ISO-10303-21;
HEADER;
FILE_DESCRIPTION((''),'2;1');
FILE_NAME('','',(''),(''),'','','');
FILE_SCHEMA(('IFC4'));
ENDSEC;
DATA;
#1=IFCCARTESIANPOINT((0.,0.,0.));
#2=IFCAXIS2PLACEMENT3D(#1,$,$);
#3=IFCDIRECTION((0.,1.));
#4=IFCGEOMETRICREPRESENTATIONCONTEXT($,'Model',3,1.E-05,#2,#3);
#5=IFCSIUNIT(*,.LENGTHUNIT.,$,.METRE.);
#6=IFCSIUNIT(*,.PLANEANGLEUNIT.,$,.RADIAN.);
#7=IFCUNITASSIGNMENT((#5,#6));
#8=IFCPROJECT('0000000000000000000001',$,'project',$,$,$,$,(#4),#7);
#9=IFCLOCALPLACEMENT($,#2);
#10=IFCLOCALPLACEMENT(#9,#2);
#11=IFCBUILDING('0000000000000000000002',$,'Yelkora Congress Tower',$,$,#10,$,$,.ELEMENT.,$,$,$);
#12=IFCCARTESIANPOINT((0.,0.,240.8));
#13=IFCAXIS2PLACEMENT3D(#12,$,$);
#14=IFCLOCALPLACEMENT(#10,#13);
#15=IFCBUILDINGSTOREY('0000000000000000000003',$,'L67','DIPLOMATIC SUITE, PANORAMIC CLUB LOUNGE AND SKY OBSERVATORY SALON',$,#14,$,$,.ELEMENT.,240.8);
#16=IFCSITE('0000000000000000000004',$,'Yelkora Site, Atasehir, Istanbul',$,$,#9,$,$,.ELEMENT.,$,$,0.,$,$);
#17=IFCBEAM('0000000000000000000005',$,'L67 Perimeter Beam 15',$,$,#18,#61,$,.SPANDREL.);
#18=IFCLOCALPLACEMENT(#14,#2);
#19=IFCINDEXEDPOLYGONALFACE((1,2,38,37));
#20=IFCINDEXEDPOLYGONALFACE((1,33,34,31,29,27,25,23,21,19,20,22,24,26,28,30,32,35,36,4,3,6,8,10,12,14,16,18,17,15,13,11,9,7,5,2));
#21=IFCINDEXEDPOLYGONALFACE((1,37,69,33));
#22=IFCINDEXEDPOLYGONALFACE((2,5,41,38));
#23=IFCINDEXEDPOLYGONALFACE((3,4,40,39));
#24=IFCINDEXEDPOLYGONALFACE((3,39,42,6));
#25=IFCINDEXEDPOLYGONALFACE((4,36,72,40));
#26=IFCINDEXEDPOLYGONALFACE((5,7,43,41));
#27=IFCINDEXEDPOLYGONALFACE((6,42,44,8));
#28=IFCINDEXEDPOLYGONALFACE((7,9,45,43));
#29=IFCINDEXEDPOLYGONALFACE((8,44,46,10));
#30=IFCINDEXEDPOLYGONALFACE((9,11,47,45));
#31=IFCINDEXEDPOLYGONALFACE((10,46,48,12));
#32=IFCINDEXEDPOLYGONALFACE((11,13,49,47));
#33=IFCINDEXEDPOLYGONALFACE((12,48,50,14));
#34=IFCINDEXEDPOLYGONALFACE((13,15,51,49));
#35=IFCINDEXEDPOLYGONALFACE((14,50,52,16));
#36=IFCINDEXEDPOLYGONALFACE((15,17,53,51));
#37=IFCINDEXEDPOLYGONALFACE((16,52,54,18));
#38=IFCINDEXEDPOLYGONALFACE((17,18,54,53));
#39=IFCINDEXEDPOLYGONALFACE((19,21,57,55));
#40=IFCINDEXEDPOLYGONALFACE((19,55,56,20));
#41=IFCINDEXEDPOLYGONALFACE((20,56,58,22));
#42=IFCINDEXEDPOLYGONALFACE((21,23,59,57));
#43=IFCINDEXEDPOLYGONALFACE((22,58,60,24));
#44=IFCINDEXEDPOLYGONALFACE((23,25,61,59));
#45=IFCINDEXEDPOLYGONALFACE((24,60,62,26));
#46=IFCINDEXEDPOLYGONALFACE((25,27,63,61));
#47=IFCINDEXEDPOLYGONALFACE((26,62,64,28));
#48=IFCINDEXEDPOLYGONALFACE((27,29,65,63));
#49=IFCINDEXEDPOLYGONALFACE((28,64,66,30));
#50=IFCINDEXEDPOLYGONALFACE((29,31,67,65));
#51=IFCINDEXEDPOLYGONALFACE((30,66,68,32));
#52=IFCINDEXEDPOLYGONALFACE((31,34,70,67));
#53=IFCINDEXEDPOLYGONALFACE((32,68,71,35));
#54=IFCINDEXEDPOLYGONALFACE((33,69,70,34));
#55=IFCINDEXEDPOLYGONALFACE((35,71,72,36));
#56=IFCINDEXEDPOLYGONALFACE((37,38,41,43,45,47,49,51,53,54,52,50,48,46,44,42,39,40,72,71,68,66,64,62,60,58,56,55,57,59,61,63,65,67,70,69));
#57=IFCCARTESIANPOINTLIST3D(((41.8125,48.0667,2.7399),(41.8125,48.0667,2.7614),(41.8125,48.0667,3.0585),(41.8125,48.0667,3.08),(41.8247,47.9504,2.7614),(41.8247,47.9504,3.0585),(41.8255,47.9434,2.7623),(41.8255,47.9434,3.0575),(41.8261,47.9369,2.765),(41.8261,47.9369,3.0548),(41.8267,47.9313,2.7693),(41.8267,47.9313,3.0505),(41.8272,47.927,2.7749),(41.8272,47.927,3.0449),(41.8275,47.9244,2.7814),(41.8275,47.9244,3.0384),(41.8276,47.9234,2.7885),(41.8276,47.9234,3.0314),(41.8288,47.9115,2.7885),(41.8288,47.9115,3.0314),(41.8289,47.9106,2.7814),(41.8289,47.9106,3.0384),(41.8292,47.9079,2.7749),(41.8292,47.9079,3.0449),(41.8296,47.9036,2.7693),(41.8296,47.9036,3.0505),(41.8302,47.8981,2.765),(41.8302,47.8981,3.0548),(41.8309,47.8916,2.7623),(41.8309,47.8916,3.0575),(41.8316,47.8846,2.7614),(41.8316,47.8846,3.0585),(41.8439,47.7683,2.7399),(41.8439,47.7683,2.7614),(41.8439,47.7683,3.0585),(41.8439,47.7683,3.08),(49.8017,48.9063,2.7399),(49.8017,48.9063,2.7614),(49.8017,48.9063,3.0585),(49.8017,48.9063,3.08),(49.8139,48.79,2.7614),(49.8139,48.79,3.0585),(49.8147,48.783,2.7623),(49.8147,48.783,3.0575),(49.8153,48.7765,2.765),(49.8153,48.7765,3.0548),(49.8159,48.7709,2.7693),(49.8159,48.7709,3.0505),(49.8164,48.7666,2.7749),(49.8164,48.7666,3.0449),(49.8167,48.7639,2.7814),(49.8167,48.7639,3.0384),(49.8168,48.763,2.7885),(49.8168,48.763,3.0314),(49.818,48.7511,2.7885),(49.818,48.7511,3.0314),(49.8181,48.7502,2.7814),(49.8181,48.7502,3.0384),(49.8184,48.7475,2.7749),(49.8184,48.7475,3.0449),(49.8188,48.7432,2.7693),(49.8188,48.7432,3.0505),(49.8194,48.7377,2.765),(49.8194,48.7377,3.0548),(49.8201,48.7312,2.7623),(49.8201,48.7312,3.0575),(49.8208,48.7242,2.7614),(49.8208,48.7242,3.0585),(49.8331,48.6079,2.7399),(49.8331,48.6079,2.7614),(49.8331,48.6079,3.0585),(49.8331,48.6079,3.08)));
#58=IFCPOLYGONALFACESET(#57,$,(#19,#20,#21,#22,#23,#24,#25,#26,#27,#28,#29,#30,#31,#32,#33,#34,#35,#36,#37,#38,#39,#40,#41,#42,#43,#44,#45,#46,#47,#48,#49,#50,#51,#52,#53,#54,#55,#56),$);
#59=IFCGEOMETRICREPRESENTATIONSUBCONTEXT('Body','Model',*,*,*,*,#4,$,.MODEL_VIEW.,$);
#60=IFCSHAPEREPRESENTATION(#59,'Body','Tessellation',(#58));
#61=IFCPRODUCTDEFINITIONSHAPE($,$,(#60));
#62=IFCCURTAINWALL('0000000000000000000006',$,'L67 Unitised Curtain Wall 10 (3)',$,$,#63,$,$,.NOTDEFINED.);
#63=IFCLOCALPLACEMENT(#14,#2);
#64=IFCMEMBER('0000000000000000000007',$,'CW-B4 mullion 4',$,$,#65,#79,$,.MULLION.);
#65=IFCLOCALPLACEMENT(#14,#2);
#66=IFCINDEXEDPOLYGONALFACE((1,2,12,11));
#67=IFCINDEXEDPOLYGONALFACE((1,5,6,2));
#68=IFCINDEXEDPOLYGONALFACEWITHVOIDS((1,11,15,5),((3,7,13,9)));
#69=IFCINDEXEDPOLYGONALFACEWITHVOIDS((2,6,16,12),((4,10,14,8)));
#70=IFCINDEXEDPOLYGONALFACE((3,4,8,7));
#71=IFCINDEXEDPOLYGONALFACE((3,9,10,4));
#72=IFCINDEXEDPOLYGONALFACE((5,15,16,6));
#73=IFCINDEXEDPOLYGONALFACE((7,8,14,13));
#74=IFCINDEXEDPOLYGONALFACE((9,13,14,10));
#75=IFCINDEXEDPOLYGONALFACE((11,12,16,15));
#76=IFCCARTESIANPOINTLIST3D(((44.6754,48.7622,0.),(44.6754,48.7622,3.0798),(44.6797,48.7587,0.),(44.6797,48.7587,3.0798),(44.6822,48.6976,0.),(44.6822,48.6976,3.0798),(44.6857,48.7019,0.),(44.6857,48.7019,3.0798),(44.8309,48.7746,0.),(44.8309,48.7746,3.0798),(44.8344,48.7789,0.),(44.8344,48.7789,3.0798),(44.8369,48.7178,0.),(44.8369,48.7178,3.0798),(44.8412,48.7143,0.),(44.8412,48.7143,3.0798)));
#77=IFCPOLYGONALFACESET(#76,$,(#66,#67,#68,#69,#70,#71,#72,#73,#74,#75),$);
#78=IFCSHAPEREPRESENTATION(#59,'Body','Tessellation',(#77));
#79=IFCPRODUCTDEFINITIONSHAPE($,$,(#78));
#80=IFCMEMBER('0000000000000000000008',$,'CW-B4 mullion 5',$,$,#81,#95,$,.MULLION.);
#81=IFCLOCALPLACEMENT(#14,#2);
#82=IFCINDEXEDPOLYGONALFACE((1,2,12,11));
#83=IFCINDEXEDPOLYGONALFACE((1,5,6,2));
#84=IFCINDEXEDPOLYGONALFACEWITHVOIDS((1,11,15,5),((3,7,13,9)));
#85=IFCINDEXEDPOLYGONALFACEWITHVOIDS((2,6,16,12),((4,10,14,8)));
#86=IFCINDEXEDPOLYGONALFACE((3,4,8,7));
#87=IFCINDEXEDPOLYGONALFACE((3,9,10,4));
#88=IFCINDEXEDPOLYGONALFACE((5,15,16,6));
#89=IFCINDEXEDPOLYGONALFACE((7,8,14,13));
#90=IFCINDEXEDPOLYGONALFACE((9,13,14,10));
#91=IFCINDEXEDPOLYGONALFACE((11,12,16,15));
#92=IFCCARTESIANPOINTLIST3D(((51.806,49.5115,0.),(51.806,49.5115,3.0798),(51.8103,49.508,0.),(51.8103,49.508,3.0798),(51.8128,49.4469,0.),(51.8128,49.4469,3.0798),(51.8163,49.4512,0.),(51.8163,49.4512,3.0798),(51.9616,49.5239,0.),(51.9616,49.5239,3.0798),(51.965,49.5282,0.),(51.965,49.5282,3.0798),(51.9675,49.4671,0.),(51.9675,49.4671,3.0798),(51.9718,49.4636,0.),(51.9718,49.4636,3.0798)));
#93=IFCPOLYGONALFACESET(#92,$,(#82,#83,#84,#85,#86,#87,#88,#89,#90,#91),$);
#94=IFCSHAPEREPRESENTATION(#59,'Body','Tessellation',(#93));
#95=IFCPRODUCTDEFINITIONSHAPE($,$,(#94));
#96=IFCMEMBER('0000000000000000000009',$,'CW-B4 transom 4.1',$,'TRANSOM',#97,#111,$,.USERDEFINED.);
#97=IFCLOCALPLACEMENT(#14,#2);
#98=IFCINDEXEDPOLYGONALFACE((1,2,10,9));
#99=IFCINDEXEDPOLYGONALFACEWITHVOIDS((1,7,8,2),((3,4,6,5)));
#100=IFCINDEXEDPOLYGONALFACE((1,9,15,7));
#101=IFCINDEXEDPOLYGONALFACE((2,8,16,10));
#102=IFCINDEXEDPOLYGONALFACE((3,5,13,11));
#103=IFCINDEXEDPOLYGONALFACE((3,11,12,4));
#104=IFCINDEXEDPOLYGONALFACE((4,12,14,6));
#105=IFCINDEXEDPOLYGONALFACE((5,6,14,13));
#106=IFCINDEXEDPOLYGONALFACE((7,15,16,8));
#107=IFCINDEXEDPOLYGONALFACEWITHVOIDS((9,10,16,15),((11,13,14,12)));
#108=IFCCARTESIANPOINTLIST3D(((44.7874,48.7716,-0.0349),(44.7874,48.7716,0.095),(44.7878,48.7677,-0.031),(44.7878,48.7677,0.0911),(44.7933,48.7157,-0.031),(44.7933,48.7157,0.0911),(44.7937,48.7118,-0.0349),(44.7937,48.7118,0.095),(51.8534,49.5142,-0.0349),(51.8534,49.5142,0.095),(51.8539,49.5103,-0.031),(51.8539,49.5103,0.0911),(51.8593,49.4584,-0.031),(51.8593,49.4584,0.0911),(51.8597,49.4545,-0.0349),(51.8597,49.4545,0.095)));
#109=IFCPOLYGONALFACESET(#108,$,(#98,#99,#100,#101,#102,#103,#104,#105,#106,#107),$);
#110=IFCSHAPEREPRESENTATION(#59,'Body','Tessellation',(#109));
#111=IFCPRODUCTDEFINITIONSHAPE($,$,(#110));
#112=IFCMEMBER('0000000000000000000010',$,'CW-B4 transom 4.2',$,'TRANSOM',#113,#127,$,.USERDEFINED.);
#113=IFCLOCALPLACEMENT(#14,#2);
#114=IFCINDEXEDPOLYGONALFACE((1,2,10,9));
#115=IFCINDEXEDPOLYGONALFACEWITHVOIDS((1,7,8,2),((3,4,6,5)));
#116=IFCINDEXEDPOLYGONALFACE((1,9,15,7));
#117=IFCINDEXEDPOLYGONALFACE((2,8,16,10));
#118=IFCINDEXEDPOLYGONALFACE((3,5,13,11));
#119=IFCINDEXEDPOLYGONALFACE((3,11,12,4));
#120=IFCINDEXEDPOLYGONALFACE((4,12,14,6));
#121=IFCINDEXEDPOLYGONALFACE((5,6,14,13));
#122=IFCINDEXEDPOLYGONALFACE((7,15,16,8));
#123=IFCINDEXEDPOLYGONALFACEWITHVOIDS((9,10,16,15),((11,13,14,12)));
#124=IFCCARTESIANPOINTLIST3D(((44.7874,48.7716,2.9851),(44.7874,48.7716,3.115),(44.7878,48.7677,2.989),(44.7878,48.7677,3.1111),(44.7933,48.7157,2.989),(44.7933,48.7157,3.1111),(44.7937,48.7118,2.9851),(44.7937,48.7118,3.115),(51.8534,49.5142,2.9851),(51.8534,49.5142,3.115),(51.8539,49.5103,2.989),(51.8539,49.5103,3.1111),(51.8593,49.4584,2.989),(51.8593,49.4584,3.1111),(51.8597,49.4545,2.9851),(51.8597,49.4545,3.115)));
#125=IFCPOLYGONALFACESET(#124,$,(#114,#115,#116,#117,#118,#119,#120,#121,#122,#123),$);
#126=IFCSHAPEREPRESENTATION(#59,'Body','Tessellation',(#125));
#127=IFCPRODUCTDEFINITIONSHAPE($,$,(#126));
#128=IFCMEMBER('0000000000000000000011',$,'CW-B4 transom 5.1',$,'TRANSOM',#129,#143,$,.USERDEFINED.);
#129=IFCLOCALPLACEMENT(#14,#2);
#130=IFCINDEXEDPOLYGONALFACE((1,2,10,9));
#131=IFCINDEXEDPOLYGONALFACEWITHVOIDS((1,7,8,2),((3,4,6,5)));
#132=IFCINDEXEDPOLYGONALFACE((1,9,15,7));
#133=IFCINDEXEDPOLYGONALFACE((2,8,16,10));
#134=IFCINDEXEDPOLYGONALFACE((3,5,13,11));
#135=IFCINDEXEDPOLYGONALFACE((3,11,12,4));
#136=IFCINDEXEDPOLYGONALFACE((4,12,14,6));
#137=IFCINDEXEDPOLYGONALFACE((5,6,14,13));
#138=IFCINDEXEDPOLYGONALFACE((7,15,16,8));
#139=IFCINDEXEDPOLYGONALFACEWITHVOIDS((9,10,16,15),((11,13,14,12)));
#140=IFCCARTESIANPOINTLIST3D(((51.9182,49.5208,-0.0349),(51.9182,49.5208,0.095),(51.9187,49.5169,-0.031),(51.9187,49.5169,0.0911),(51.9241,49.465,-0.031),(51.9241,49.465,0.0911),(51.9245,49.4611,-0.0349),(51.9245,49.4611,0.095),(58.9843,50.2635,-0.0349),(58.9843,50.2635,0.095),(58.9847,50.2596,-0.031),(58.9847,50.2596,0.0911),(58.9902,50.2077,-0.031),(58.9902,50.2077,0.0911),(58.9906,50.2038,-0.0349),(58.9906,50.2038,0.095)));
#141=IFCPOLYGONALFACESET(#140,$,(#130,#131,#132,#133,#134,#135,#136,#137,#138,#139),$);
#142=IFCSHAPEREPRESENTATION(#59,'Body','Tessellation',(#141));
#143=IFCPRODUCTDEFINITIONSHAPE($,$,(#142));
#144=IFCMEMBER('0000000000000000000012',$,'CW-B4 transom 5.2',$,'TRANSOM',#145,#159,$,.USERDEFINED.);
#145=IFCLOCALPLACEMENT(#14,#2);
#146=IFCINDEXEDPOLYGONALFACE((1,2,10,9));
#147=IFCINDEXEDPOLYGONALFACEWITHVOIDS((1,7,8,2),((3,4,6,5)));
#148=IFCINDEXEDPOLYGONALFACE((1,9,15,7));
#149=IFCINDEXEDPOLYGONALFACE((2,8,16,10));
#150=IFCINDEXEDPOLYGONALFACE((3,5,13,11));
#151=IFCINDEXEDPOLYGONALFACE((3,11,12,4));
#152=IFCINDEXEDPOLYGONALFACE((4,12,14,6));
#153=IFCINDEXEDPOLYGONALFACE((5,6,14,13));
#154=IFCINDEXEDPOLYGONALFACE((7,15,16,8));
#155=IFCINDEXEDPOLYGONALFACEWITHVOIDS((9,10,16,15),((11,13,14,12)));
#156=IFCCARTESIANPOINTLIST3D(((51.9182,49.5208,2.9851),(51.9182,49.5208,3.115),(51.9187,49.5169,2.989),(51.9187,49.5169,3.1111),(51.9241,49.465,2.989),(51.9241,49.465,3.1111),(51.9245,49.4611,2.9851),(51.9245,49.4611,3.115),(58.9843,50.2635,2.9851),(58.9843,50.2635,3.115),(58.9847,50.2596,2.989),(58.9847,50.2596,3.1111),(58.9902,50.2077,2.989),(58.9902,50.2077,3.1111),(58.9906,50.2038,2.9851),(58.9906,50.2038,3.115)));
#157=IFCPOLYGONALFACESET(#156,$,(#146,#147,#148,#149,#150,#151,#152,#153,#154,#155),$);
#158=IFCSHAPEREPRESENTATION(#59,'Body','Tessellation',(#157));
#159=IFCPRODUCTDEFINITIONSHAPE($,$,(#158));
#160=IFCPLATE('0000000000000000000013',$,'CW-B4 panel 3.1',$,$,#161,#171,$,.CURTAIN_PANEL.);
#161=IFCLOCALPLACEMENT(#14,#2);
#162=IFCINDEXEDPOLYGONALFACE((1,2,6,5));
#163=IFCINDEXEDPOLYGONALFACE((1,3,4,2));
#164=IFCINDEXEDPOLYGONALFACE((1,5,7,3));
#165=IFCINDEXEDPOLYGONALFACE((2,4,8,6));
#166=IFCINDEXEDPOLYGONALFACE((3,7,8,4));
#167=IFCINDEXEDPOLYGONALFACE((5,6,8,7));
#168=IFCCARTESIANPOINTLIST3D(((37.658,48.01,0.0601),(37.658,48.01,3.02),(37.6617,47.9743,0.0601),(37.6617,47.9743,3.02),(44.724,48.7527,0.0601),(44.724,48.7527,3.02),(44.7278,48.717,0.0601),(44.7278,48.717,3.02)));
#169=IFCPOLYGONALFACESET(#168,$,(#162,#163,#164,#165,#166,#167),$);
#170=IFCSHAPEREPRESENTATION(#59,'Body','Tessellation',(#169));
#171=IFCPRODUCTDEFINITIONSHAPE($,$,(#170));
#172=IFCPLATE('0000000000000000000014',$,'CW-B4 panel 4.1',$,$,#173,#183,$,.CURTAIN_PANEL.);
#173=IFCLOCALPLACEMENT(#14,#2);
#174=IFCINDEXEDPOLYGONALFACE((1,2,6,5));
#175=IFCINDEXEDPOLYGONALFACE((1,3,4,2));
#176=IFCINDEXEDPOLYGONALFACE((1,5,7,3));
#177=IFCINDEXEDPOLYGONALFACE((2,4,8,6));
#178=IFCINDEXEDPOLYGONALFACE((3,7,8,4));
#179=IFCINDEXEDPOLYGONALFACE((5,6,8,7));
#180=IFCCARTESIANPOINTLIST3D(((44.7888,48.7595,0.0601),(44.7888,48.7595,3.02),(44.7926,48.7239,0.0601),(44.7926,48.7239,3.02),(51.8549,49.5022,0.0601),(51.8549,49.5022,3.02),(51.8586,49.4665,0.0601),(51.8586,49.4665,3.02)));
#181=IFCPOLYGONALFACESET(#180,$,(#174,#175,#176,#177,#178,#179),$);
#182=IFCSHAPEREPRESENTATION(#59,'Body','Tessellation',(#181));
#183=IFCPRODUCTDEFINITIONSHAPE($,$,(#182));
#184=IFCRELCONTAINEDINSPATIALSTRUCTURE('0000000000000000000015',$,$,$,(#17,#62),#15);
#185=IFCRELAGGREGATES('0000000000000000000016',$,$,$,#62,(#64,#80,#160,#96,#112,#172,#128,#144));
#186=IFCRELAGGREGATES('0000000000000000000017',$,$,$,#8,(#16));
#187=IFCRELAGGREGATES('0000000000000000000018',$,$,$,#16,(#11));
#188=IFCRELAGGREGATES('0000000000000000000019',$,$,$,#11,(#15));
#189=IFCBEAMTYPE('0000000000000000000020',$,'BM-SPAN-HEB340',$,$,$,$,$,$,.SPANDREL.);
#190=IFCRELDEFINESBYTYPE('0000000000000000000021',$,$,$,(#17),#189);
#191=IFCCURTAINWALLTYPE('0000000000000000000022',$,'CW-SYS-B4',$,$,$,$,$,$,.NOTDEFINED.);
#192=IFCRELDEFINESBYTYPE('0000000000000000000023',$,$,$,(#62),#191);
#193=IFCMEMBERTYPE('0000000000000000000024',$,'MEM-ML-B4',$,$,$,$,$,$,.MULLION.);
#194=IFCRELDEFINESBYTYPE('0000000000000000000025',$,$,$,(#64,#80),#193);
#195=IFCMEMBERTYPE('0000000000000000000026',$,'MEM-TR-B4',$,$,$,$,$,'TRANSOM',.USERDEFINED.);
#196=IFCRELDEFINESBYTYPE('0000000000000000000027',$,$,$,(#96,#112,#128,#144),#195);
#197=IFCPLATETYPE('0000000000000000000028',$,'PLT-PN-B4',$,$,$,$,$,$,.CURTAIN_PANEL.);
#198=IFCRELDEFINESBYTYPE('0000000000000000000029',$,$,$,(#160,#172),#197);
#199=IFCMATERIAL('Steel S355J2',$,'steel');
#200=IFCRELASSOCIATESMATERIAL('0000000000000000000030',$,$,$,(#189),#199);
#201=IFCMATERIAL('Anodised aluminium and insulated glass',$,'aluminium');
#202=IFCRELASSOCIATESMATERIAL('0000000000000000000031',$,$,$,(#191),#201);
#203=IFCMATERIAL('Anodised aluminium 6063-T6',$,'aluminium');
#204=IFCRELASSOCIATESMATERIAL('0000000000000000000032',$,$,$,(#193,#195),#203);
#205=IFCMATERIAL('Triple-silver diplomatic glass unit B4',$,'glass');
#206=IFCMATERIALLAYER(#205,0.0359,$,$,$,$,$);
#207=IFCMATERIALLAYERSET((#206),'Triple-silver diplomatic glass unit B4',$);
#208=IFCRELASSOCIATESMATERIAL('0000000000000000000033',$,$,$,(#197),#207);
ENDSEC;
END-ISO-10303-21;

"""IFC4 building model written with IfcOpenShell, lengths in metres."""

from ifc_helpers import new_model, si_unit, direction, frame, origin, origin_2d, place, context, subcontext, project, spatial, rectangle, hollow_rectangle, i_section, extrude, material, layer, layer_set, material_profile, profile_set, type_object, element, aggregate, save


model = new_model("IFC4")

# Units and contexts
model_context = context("Model", 3, precision=1e-05, world=origin(), true_north=direction((0.0, 1.0)))
body_context = subcontext(model_context, "Body", "Model", "MODEL_VIEW")
ifc_project = project(units=[si_unit("LENGTHUNIT", "METRE"), si_unit("PLANEANGLEUNIT", "RADIAN")], contexts=[model_context])

# Site, building, storey
site_placement = place(None, origin())
site = spatial("IfcSite", under=ifc_project, at=site_placement, Name="Yelkora Site, Atasehir, Istanbul", CompositionType="ELEMENT", RefElevation=0.0)
building_placement = place(site_placement, origin())
building = spatial("IfcBuilding", under=site, at=building_placement, Name="Yelkora Congress Tower", CompositionType="ELEMENT")
storey_placement = place(building_placement, frame((0.0, 0.0, 240.8)))
storey = spatial("IfcBuildingStorey", under=building, at=storey_placement, Name="L67", Description="DIPLOMATIC SUITE, PANORAMIC CLUB LOUNGE AND SKY OBSERVATORY SALON", CompositionType="ELEMENT", Elevation=240.8)

# Shared definitions
ifc_material_1 = material(Name="Steel S355J2", Category="steel")

# Beam
ifc_material_profile_1 = material_profile(ifc_material_1, i_section(OverallWidth=0.3, OverallDepth=0.3401, WebThickness=0.012, FlangeThickness=0.0215, FilletRadius=0.0271, at=origin_2d()), Name="HEB 340")
ifc_profile_set_1 = profile_set([ifc_material_profile_1], Name="Steel S355J2")
beam_type_1 = type_object("IfcBeamType", Name="BM-SPAN-HEB340", PredefinedType="SPANDREL", material=ifc_profile_set_1)
beam_1_placement = place(storey_placement, frame((49.8174, 48.7571, 2.9099), z_axis=(-0.994523, -0.104516, 0.0), x_axis=(0.104516, -0.994523, 0.0)))
element("IfcBeam", 1, at=beam_1_placement, inside=storey, type_object=beam_type_1, Name="L67 Perimeter Beam 15", PredefinedType="SPANDREL", context=body_context, shape_type="SweptSolid", body=[
    extrude(i_section(OverallWidth=0.3, OverallDepth=0.3401, WebThickness=0.012, FlangeThickness=0.0215, FilletRadius=0.0271, at=origin_2d()), origin(), (0.0, 0.0, 1.0), 8.0332),
])

# Curtain wall, members, plates
ifc_material_2 = material(Name="Anodised aluminium and insulated glass", Category="aluminium")
curtain_wall_type = type_object("IfcCurtainWallType", Name="CW-SYS-B4", PredefinedType="NOTDEFINED", material=ifc_material_2)
curtain_wall_placement = place(storey_placement, origin())
curtain_wall = element("IfcCurtainWall", 2, at=curtain_wall_placement, inside=storey, type_object=curtain_wall_type, Name="L67 Unitised Curtain Wall 10 (3)", PredefinedType="NOTDEFINED")
ifc_material_3 = material(Name="Anodised aluminium 6063-T6", Category="aluminium")
ifc_material_profile_2 = material_profile(ifc_material_3, hollow_rectangle(XDim=0.0649, YDim=0.1599, WallThickness=0.0039, at=origin_2d()), Name="ALU 65x160x4")
ifc_profile_set_2 = profile_set([ifc_material_profile_2], Name="Anodised aluminium 6063-T6")
member_type_1 = type_object("IfcMemberType", Name="MEM-ML-B4", PredefinedType="MULLION", material=ifc_profile_set_2)
member_1_placement = place(storey_placement, frame((44.7583, 48.7383, 0.0), z_axis=(0.0, 0.0, 1.0), x_axis=(-0.104528, 0.994522, 0.0)))
member_1 = element("IfcMember", 3, at=member_1_placement, type_object=member_type_1, Name="CW-B4 mullion 4", PredefinedType="MULLION", context=body_context, shape_type="SweptSolid", body=[
    extrude(hollow_rectangle(XDim=0.0649, YDim=0.1599, WallThickness=0.0039, at=origin_2d()), origin(), (0.0, 0.0, 1.0), 3.0798),
])
member_2_placement = place(storey_placement, frame((51.8889, 49.4875, 0.0), z_axis=(0.0, 0.0, 1.0), x_axis=(-0.104528, 0.994522, 0.0)))
member_2 = element("IfcMember", 4, at=member_2_placement, type_object=member_type_1, Name="CW-B4 mullion 5", PredefinedType="MULLION", context=body_context, shape_type="SweptSolid", body=[
    extrude(hollow_rectangle(XDim=0.0649, YDim=0.1599, WallThickness=0.0039, at=origin_2d()), origin(), (0.0, 0.0, 1.0), 3.0798),
])
ifc_material_profile_3 = material_profile(ifc_material_3, hollow_rectangle(XDim=0.0601, YDim=0.1299, WallThickness=0.0039, at=origin_2d()), Name="ALU 60x130x4")
ifc_profile_set_3 = profile_set([ifc_material_profile_3], Name="Anodised aluminium 6063-T6")
member_type_2 = type_object("IfcMemberType", Name="MEM-TR-B4", ElementType="TRANSOM", PredefinedType="USERDEFINED", material=ifc_profile_set_3)
member_3_placement = place(storey_placement, frame((44.7905, 48.7417, 0.03), z_axis=(0.994522, 0.104527, 0.0), x_axis=(-0.104527, 0.994522, 0.0)))
member_3 = element("IfcMember", 5, at=member_3_placement, type_object=member_type_2, Name="CW-B4 transom 4.1", ObjectType="TRANSOM", PredefinedType="USERDEFINED", context=body_context, shape_type="SweptSolid", body=[
    extrude(hollow_rectangle(XDim=0.0601, YDim=0.1299, WallThickness=0.0039, at=origin_2d()), origin(), (0.0, 0.0, 1.0), 7.105),
])
member_4_placement = place(storey_placement, frame((44.7905, 48.7417, 3.05), z_axis=(0.994522, 0.104527, 0.0), x_axis=(-0.104527, 0.994522, 0.0)))
member_4 = element("IfcMember", 6, at=member_4_placement, type_object=member_type_2, Name="CW-B4 transom 4.2", ObjectType="TRANSOM", PredefinedType="USERDEFINED", context=body_context, shape_type="SweptSolid", body=[
    extrude(hollow_rectangle(XDim=0.0601, YDim=0.1299, WallThickness=0.0039, at=origin_2d()), origin(), (0.0, 0.0, 1.0), 7.105),
])
member_5_placement = place(storey_placement, frame((51.9214, 49.491, 0.03), z_axis=(0.994522, 0.104527, 0.0), x_axis=(-0.104527, 0.994522, 0.0)))
member_5 = element("IfcMember", 7, at=member_5_placement, type_object=member_type_2, Name="CW-B4 transom 5.1", ObjectType="TRANSOM", PredefinedType="USERDEFINED", context=body_context, shape_type="SweptSolid", body=[
    extrude(hollow_rectangle(XDim=0.0601, YDim=0.1299, WallThickness=0.0039, at=origin_2d()), origin(), (0.0, 0.0, 1.0), 7.105),
])
member_6_placement = place(storey_placement, frame((51.9214, 49.491, 3.05), z_axis=(0.994522, 0.104527, 0.0), x_axis=(-0.104527, 0.994522, 0.0)))
member_6 = element("IfcMember", 8, at=member_6_placement, type_object=member_type_2, Name="CW-B4 transom 5.2", ObjectType="TRANSOM", PredefinedType="USERDEFINED", context=body_context, shape_type="SweptSolid", body=[
    extrude(hollow_rectangle(XDim=0.0601, YDim=0.1299, WallThickness=0.0039, at=origin_2d()), origin(), (0.0, 0.0, 1.0), 7.105),
])
ifc_material_4 = material(Name="Triple-silver diplomatic glass unit B4", Category="glass")
ifc_layer_1 = layer(ifc_material_4, 0.0359)
ifc_layer_set_1 = layer_set([ifc_layer_1], Name="Triple-silver diplomatic glass unit B4")
plate_type = type_object("IfcPlateType", Name="PLT-PN-B4", PredefinedType="CURTAIN_PANEL", material=ifc_layer_set_1)
plate_1_placement = place(storey_placement, frame((41.1929, 48.3635, 0.0601), z_axis=(0.0, 0.0, 1.0), x_axis=(0.994522, 0.104528, 0.0)))
plate_1 = element("IfcPlate", 9, at=plate_1_placement, type_object=plate_type, Name="CW-B4 panel 3.1", PredefinedType="CURTAIN_PANEL", context=body_context, shape_type="SweptSolid", body=[
    extrude(rectangle(XDim=7.105, YDim=0.0359, at=origin_2d()), origin(), (0.0, 0.0, 1.0), 2.96),
])
plate_2_placement = place(storey_placement, frame((48.3237, 49.113, 0.0601), z_axis=(0.0, 0.0, 1.0), x_axis=(0.994522, 0.104528, 0.0)))
plate_2 = element("IfcPlate", 10, at=plate_2_placement, type_object=plate_type, Name="CW-B4 panel 4.1", PredefinedType="CURTAIN_PANEL", context=body_context, shape_type="SweptSolid", body=[
    extrude(rectangle(XDim=7.105, YDim=0.0359, at=origin_2d()), origin(), (0.0, 0.0, 1.0), 2.96),
])
aggregate(curtain_wall, [member_1, member_2, plate_1, member_3, member_4, plate_2, member_5, member_6])

save(model, "model.ifc")
